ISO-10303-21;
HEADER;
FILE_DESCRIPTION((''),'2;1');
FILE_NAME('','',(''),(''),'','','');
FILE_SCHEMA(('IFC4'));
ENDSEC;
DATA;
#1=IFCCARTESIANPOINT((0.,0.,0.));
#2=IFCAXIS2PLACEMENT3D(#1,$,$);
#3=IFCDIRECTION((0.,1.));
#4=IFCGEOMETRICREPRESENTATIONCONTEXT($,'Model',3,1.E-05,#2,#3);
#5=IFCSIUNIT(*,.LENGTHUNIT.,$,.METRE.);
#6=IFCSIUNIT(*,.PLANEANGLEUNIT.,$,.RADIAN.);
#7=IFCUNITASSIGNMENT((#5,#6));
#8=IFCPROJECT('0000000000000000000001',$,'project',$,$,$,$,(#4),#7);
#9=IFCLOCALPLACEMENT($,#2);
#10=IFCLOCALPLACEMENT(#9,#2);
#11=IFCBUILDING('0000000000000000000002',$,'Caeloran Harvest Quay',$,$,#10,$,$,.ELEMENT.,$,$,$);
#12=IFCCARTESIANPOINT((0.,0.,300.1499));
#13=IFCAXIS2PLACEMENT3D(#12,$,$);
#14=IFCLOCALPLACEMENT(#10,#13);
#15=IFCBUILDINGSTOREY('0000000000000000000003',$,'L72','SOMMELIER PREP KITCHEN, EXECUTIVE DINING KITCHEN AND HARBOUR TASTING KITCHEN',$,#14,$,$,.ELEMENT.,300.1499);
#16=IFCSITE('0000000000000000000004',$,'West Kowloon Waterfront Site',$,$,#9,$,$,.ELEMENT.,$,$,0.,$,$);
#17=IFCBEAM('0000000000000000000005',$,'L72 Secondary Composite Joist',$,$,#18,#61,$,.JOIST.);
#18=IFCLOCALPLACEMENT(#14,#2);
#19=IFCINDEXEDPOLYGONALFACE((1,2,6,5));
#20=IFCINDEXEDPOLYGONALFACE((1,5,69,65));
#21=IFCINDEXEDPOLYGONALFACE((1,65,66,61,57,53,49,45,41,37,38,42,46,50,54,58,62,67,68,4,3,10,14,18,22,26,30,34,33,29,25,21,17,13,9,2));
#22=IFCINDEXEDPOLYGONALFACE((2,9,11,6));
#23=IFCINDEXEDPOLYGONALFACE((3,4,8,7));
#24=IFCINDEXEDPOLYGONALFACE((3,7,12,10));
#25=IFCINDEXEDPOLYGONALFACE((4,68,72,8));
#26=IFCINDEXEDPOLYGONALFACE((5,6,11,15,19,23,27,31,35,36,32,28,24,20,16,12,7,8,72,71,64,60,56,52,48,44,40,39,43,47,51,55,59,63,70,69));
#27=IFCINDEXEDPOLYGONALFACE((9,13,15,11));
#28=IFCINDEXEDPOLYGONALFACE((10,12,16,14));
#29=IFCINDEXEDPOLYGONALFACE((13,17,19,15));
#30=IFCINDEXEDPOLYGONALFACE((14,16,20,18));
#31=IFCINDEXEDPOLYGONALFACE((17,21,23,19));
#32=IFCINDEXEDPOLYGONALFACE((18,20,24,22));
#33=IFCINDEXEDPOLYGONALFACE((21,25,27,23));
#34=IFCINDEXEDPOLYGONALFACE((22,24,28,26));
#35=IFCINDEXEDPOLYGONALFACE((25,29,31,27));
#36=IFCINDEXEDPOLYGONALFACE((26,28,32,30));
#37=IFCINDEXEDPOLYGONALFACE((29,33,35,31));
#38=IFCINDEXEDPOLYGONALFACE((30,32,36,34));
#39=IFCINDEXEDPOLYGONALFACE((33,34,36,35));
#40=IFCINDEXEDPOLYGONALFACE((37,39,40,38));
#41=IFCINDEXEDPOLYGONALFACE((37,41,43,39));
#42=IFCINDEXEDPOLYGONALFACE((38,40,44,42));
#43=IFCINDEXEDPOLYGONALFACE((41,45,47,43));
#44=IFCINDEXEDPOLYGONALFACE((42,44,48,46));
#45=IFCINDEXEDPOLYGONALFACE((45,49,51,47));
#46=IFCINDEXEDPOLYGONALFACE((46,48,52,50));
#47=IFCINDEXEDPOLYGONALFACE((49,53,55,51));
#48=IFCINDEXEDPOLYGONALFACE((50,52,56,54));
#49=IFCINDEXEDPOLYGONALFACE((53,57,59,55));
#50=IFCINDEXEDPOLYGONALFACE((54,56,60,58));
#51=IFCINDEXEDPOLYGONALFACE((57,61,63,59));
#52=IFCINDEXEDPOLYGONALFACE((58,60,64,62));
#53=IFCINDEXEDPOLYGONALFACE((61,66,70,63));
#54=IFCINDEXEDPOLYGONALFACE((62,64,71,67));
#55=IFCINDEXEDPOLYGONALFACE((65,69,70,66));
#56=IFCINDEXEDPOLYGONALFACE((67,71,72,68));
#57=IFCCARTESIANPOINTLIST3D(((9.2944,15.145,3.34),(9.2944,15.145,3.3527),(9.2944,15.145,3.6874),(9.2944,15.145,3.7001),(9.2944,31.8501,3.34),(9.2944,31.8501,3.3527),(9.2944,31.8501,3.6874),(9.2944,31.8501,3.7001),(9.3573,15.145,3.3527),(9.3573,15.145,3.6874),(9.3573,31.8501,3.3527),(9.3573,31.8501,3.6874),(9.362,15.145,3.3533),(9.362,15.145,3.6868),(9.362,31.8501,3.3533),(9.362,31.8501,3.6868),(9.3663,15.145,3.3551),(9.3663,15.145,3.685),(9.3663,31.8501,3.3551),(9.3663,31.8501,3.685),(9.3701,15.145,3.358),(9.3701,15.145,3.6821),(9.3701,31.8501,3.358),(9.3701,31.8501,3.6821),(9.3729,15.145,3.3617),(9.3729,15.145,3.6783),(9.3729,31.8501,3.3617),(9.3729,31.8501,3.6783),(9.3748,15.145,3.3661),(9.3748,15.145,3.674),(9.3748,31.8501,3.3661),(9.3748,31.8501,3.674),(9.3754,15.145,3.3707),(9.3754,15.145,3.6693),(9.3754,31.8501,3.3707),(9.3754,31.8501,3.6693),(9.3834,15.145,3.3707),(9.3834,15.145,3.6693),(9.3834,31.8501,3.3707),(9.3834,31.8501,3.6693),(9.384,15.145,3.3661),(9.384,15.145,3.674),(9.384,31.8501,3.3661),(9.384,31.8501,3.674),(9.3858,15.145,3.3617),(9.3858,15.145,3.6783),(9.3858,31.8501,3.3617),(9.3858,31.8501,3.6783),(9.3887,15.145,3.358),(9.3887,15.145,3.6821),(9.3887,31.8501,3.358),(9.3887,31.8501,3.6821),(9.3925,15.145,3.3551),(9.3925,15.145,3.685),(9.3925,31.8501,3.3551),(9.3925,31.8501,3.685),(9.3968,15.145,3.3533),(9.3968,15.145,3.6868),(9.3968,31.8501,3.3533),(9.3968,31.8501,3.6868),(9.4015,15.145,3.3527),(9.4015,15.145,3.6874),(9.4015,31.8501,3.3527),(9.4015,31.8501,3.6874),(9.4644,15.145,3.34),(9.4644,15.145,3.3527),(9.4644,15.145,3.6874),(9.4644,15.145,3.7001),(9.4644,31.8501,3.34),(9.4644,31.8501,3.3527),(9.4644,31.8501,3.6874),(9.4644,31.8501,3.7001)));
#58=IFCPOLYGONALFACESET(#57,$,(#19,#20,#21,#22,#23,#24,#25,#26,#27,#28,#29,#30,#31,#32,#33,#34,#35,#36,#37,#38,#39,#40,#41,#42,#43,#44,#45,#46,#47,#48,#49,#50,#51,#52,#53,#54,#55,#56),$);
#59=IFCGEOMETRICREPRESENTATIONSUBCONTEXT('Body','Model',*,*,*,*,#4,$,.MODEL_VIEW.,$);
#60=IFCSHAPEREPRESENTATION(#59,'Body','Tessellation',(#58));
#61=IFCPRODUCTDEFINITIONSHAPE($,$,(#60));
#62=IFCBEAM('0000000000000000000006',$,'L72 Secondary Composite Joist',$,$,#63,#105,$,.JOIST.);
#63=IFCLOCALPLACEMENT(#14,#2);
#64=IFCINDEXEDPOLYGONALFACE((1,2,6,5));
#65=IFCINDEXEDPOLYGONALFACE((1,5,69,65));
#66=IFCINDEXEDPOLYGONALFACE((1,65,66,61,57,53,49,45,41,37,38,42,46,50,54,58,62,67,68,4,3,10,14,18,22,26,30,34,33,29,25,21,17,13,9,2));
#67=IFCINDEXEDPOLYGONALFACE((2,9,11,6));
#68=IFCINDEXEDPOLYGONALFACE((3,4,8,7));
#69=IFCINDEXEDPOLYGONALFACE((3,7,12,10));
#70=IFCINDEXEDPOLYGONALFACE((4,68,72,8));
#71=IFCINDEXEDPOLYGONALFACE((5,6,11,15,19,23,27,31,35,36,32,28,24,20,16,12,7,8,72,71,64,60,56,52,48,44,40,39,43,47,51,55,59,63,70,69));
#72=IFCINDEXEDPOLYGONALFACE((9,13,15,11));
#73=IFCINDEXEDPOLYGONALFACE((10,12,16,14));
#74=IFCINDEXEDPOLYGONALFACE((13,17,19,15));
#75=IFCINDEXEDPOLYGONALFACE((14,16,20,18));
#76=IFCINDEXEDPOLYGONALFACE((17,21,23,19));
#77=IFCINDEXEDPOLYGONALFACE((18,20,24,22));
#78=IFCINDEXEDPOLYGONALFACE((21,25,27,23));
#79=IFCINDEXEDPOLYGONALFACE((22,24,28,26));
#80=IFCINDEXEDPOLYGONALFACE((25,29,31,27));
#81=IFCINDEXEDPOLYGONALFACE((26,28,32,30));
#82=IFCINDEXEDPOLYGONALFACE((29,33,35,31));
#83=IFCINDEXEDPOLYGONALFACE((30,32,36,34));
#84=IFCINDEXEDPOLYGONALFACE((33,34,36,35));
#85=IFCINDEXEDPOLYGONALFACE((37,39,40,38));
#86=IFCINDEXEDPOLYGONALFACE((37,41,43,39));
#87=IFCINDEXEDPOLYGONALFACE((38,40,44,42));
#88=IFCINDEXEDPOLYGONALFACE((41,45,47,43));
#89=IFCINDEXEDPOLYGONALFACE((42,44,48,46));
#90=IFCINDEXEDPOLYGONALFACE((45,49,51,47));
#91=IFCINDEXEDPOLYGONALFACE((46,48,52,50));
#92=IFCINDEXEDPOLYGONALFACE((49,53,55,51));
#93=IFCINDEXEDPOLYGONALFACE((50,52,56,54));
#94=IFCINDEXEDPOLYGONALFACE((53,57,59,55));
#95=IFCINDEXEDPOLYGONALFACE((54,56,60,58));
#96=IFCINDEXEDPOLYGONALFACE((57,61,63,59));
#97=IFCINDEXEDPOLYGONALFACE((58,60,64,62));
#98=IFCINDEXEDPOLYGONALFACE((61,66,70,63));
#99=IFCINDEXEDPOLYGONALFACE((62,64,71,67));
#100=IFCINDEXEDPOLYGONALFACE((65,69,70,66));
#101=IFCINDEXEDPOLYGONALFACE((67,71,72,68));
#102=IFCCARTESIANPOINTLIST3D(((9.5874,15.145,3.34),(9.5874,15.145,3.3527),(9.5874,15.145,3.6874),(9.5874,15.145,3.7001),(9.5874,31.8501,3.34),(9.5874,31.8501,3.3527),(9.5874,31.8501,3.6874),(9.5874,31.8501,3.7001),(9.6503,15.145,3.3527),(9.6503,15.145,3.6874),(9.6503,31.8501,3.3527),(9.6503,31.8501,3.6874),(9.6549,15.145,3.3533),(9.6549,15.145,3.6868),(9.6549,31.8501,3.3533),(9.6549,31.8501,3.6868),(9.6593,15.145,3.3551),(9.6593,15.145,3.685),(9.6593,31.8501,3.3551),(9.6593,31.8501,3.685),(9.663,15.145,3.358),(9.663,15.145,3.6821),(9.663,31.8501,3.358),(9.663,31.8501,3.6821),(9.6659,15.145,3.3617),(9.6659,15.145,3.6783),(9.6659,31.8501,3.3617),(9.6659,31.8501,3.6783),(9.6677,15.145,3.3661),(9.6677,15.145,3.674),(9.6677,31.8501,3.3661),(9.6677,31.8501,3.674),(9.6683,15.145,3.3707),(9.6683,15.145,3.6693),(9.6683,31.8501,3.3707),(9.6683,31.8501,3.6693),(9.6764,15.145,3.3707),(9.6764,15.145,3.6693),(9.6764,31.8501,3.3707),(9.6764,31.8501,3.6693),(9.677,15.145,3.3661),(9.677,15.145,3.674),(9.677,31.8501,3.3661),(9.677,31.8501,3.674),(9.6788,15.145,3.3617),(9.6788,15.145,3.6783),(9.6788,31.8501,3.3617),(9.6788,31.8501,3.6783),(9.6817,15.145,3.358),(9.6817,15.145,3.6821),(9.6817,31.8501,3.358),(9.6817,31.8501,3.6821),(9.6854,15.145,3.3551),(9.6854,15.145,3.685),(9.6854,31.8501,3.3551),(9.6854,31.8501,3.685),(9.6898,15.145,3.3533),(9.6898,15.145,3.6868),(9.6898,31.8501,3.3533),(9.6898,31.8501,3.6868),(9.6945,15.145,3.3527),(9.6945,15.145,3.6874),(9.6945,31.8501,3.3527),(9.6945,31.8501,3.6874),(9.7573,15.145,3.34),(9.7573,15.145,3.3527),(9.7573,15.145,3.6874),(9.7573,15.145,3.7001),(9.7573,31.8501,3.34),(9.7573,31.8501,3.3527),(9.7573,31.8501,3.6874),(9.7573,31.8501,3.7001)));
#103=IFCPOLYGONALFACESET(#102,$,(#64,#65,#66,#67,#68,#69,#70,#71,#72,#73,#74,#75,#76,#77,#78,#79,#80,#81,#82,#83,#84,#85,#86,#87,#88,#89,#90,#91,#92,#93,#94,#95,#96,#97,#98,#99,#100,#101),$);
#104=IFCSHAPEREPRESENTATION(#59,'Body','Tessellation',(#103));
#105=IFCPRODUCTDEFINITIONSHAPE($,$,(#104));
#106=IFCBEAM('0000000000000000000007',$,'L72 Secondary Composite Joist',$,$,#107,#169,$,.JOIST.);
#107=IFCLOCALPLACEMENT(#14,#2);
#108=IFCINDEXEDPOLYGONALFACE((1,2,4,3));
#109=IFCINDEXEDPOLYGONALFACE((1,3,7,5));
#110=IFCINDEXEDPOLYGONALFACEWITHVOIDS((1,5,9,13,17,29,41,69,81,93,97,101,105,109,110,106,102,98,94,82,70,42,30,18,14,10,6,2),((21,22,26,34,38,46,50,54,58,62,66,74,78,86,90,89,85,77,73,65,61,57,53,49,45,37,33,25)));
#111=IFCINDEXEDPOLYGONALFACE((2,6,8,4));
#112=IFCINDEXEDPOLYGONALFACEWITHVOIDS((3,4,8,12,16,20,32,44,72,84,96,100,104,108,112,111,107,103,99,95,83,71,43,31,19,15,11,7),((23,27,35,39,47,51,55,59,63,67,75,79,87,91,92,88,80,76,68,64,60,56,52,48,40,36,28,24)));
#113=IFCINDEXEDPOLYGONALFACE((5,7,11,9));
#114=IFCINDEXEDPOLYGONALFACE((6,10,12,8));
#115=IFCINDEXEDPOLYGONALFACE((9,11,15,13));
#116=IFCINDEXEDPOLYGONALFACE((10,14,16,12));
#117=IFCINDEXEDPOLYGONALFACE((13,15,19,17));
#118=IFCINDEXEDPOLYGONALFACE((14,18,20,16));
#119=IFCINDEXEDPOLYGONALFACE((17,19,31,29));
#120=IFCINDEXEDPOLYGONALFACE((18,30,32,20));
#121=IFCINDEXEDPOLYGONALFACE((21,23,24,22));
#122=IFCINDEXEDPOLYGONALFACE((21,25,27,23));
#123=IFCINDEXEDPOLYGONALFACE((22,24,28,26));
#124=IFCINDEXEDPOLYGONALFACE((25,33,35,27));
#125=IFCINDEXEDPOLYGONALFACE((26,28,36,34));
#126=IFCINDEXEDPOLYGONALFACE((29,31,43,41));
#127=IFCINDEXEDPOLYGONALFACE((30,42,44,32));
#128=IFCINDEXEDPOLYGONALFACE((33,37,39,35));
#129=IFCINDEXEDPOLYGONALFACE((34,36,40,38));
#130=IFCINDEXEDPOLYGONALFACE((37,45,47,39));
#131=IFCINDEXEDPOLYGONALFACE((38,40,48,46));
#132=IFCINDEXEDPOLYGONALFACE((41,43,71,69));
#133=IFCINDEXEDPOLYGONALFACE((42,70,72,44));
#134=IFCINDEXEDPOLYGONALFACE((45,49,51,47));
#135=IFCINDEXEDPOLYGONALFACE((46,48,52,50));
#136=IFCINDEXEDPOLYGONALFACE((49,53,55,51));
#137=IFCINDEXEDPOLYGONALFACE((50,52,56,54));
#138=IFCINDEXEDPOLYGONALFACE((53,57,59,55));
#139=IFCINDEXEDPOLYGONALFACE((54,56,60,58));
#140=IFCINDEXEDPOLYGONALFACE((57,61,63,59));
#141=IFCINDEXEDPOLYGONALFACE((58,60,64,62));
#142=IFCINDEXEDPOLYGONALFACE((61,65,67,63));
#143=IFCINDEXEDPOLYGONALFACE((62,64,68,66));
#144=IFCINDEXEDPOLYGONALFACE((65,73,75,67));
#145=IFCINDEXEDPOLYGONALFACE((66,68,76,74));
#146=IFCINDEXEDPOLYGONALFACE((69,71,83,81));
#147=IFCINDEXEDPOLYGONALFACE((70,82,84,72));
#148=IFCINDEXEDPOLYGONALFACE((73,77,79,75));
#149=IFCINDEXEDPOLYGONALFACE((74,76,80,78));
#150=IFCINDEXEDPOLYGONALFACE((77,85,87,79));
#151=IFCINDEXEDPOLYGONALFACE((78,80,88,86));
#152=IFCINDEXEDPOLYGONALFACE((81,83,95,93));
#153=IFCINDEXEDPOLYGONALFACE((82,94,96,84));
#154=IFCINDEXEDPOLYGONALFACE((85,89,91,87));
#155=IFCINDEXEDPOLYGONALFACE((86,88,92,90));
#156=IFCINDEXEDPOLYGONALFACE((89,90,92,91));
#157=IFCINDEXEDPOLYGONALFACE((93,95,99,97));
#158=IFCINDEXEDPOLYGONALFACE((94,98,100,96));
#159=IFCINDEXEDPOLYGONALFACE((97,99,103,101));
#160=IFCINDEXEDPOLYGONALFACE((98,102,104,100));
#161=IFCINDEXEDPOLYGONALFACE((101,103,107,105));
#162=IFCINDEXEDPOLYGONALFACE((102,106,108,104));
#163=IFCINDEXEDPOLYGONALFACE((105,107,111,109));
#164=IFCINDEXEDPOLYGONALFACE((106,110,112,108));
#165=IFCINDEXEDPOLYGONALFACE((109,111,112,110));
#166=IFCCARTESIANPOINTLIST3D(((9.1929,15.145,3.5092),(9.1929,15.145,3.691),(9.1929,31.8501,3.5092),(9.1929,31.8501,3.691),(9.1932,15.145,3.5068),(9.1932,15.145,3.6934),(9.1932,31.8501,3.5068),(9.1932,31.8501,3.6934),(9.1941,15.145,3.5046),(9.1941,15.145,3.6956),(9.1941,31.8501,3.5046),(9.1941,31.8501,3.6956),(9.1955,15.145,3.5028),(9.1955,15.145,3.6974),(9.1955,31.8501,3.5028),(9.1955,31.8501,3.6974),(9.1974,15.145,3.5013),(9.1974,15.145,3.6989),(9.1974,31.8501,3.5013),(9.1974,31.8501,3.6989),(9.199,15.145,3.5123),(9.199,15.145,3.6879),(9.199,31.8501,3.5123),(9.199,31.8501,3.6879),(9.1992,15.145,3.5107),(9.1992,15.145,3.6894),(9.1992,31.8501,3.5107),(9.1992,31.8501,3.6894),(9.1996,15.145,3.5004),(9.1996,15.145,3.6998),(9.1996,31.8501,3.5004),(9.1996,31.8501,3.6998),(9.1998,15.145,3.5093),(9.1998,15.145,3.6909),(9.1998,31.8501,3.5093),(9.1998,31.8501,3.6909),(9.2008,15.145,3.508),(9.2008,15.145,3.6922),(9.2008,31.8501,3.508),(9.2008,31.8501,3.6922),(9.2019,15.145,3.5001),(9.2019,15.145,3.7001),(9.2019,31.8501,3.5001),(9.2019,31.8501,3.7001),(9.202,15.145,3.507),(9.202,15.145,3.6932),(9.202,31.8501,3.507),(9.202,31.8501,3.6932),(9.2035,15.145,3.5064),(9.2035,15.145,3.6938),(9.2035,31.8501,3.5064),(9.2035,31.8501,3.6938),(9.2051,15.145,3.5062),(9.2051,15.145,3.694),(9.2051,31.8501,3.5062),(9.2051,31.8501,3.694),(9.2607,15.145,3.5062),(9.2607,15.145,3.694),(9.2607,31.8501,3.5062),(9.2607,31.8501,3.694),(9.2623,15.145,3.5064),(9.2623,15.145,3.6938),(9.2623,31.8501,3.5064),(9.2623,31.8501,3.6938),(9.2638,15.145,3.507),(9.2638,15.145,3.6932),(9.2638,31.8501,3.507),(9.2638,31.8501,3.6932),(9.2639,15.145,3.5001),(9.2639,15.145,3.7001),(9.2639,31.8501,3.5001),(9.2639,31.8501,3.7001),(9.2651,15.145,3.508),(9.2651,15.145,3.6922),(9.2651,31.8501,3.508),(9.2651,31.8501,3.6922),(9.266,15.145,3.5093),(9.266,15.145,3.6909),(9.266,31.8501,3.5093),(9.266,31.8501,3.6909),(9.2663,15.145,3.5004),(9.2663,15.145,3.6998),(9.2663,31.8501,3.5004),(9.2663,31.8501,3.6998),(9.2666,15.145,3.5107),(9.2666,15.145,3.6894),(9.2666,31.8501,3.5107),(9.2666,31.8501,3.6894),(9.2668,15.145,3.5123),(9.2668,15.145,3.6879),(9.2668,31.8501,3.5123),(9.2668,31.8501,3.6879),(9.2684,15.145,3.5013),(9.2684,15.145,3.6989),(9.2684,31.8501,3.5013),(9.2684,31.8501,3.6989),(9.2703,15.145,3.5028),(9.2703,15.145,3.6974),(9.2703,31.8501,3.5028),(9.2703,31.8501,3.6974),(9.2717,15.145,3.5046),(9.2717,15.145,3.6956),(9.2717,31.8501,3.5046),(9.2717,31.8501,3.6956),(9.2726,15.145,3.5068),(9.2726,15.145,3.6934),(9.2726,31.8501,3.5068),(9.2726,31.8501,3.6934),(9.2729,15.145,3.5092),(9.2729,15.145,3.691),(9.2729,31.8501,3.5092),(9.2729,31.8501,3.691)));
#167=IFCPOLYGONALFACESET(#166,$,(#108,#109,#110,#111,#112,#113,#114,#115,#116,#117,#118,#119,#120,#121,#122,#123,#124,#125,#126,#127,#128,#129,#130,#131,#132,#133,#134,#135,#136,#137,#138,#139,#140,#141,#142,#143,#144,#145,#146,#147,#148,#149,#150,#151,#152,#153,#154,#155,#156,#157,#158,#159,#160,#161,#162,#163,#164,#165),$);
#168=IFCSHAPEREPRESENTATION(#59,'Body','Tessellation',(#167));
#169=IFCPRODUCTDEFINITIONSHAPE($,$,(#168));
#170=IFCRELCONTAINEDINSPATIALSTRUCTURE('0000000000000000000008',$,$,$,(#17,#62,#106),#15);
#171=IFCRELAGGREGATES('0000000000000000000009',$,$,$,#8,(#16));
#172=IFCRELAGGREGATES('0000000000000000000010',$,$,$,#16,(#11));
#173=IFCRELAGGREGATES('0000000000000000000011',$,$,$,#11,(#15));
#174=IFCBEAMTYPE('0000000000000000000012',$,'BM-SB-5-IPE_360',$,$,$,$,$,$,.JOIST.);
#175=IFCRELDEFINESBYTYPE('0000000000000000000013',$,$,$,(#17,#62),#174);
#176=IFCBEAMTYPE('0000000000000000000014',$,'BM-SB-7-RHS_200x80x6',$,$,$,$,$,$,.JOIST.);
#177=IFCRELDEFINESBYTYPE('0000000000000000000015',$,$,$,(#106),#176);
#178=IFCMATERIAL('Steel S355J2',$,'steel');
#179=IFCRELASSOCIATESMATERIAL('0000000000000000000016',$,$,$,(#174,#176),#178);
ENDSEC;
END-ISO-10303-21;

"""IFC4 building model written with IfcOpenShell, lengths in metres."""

from ifc_helpers import new_model, si_unit, direction, frame, origin, origin_2d, place, context, subcontext, project, spatial, hollow_rectangle, i_section, extrude, material, material_profile, profile_set, type_object, element, save


model = new_model("IFC4")

# Units and contexts
model_context = context("Model", 3, precision=1e-05, world=origin(), true_north=direction((0.0, 1.0)))
body_context = subcontext(model_context, "Body", "Model", "MODEL_VIEW")
ifc_project = project(units=[si_unit("LENGTHUNIT", "METRE"), si_unit("PLANEANGLEUNIT", "RADIAN")], contexts=[model_context])

# Site, building, storey
site_placement = place(None, origin())
site = spatial("IfcSite", under=ifc_project, at=site_placement, Name="West Kowloon Waterfront Site", CompositionType="ELEMENT", RefElevation=0.0)
building_placement = place(site_placement, origin())
building = spatial("IfcBuilding", under=site, at=building_placement, Name="Caeloran Harvest Quay", CompositionType="ELEMENT")
storey_placement = place(building_placement, frame((0.0, 0.0, 300.1499)))
storey = spatial("IfcBuildingStorey", under=building, at=storey_placement, Name="L72", Description="SOMMELIER PREP KITCHEN, EXECUTIVE DINING KITCHEN AND HARBOUR TASTING KITCHEN", CompositionType="ELEMENT", Elevation=300.1499)

# Beams
ifc_material_1 = material(Name="Steel S355J2", Category="steel")
ifc_material_profile_1 = material_profile(ifc_material_1, i_section(OverallWidth=0.1699, OverallDepth=0.3601, WebThickness=0.0081, FlangeThickness=0.0127, FilletRadius=0.0181, at=origin_2d()), Name="IPE 360")
ifc_profile_set_1 = profile_set([ifc_material_profile_1], Name="Steel S355J2")
beam_type_1 = type_object("IfcBeamType", Name="BM-SB-5-IPE_360", PredefinedType="JOIST", material=ifc_profile_set_1)
for number, where, z_axis, x_axis, name in (
    (1, (9.3794, 15.145, 3.52), (0.0, 1.0, 0.0), (-1.0, 0.0, 0.0), "L72 Secondary Composite Joist"),
    (2, (9.6724, 15.145, 3.52), (0.0, 1.0, 0.0), (-1.0, 0.0, 0.0), "L72 Secondary Composite Joist"),
):
    element("IfcBeam", number, at=place(storey_placement, frame(where, z_axis=z_axis, x_axis=x_axis)), inside=storey, type_object=beam_type_1, Name=name, PredefinedType="JOIST", context=body_context, shape_type="SweptSolid", body=[
        extrude(i_section(OverallWidth=0.1699, OverallDepth=0.3601, WebThickness=0.0081, FlangeThickness=0.0127, FilletRadius=0.0181, at=origin_2d()), origin(), (0.0, 0.0, 1.0), 16.7051),
    ])
ifc_material_profile_2 = material_profile(ifc_material_1, hollow_rectangle(XDim=0.0801, YDim=0.2, WallThickness=0.0061, InnerFilletRadius=0.0061, OuterFilletRadius=0.009, at=origin_2d()), Name="RHS 200x80x6")
ifc_profile_set_2 = profile_set([ifc_material_profile_2], Name="Steel S355J2")
beam_type_2 = type_object("IfcBeamType", Name="BM-SB-7-RHS_200x80x6", PredefinedType="JOIST", material=ifc_profile_set_2)
for number, where, z_axis, x_axis, name in (
    (3, (9.2329, 15.145, 3.6001), (0.0, 1.0, 0.0), (-1.0, 0.0, 0.0), "L72 Secondary Composite Joist"),
):
    element("IfcBeam", number, at=place(storey_placement, frame(where, z_axis=z_axis, x_axis=x_axis)), inside=storey, type_object=beam_type_2, Name=name, PredefinedType="JOIST", context=body_context, shape_type="SweptSolid", body=[
        extrude(hollow_rectangle(XDim=0.0801, YDim=0.2, WallThickness=0.0061, InnerFilletRadius=0.0061, OuterFilletRadius=0.009, at=origin_2d()), origin(), (0.0, 0.0, 1.0), 16.7051),
    ])

save(model, "model.ifc")
